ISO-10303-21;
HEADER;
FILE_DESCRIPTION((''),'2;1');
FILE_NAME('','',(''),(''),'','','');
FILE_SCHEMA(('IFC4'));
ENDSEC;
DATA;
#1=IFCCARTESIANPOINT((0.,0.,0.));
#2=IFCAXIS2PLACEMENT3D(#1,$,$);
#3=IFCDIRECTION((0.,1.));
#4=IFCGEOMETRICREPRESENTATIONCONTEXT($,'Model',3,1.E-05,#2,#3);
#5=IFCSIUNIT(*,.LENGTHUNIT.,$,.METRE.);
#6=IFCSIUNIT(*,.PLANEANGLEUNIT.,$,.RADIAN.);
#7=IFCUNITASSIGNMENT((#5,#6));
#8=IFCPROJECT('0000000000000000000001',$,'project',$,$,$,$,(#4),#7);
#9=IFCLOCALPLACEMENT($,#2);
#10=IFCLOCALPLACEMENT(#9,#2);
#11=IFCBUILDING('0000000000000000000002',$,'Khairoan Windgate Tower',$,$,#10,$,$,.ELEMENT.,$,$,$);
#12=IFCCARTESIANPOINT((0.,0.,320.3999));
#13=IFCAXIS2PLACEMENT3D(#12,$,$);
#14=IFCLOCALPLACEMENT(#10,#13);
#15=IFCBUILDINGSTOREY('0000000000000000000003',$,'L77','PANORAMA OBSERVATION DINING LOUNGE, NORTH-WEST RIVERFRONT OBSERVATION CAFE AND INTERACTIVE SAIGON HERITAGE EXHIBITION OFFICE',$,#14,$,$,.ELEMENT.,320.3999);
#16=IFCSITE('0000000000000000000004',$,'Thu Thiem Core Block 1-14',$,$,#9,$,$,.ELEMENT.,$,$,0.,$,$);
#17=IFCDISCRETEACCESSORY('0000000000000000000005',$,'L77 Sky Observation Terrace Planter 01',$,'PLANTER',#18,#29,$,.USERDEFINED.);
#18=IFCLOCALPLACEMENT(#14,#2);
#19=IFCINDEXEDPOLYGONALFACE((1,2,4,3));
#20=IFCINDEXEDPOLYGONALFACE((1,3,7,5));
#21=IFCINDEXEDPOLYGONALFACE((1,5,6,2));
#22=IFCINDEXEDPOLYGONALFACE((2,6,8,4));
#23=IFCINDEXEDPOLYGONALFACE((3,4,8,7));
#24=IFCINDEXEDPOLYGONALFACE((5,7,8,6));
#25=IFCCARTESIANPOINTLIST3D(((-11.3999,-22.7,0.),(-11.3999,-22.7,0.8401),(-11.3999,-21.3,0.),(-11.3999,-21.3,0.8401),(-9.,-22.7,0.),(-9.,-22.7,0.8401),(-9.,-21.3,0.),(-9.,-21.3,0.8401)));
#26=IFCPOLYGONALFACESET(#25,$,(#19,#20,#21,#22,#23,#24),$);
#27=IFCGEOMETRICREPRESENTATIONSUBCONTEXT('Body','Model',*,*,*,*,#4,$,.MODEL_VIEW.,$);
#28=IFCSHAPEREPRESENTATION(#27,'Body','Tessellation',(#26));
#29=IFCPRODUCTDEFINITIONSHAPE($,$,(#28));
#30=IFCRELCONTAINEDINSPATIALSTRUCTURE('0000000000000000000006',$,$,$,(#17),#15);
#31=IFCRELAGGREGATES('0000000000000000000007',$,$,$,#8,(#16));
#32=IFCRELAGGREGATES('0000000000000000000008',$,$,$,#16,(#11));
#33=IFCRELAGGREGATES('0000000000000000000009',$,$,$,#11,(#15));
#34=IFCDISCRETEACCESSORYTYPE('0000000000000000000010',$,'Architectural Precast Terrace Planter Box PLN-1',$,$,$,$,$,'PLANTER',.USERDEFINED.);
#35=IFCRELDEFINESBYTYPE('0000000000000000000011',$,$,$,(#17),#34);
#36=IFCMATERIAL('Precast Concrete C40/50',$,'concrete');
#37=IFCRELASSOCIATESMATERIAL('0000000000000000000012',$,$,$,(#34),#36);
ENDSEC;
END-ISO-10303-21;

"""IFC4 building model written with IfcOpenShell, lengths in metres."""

from ifc_helpers import new_model, si_unit, direction, frame, origin, origin_2d, place, context, subcontext, project, spatial, rectangle, extrude, material, type_object, element, save


model = new_model("IFC4")

# Units and contexts
model_context = context("Model", 3, precision=1e-05, world=origin(), true_north=direction((0.0, 1.0)))
body_context = subcontext(model_context, "Body", "Model", "MODEL_VIEW")
ifc_project = project(units=[si_unit("LENGTHUNIT", "METRE"), si_unit("PLANEANGLEUNIT", "RADIAN")], contexts=[model_context])

# Site, building, storey
site_placement = place(None, origin())
site = spatial("IfcSite", under=ifc_project, at=site_placement, Name="Thu Thiem Core Block 1-14", CompositionType="ELEMENT", RefElevation=0.0)
building_placement = place(site_placement, origin())
building = spatial("IfcBuilding", under=site, at=building_placement, Name="Khairoan Windgate Tower", CompositionType="ELEMENT")
storey_placement = place(building_placement, frame((0.0, 0.0, 320.3999)))
storey = spatial("IfcBuildingStorey", under=building, at=storey_placement, Name="L77", Description="PANORAMA OBSERVATION DINING LOUNGE, NORTH-WEST RIVERFRONT OBSERVATION CAFE AND INTERACTIVE SAIGON HERITAGE EXHIBITION OFFICE", CompositionType="ELEMENT", Elevation=320.3999)

# Discrete accessory
ifc_material_1 = material(Name="Precast Concrete C40/50", Category="concrete")
discrete_accessory_type = type_object("IfcDiscreteAccessoryType", Name="Architectural Precast Terrace Planter Box PLN-1", ElementType="PLANTER", PredefinedType="USERDEFINED", material=ifc_material_1)
discrete_accessory_placement = place(storey_placement, frame((-10.2, -22.0, 0.0), z_axis=(0.0, 0.0, 1.0), x_axis=(0.0, 1.0, 0.0)))
element("IfcDiscreteAccessory", 1, at=discrete_accessory_placement, inside=storey, type_object=discrete_accessory_type, Name="L77 Sky Observation Terrace Planter 01", ObjectType="PLANTER", PredefinedType="USERDEFINED", context=body_context, shape_type="SweptSolid", body=[
    extrude(rectangle(XDim=1.3999, YDim=2.3999, at=origin_2d()), origin(), (0.0, 0.0, 1.0), 0.8401),
])

save(model, "model.ifc")
